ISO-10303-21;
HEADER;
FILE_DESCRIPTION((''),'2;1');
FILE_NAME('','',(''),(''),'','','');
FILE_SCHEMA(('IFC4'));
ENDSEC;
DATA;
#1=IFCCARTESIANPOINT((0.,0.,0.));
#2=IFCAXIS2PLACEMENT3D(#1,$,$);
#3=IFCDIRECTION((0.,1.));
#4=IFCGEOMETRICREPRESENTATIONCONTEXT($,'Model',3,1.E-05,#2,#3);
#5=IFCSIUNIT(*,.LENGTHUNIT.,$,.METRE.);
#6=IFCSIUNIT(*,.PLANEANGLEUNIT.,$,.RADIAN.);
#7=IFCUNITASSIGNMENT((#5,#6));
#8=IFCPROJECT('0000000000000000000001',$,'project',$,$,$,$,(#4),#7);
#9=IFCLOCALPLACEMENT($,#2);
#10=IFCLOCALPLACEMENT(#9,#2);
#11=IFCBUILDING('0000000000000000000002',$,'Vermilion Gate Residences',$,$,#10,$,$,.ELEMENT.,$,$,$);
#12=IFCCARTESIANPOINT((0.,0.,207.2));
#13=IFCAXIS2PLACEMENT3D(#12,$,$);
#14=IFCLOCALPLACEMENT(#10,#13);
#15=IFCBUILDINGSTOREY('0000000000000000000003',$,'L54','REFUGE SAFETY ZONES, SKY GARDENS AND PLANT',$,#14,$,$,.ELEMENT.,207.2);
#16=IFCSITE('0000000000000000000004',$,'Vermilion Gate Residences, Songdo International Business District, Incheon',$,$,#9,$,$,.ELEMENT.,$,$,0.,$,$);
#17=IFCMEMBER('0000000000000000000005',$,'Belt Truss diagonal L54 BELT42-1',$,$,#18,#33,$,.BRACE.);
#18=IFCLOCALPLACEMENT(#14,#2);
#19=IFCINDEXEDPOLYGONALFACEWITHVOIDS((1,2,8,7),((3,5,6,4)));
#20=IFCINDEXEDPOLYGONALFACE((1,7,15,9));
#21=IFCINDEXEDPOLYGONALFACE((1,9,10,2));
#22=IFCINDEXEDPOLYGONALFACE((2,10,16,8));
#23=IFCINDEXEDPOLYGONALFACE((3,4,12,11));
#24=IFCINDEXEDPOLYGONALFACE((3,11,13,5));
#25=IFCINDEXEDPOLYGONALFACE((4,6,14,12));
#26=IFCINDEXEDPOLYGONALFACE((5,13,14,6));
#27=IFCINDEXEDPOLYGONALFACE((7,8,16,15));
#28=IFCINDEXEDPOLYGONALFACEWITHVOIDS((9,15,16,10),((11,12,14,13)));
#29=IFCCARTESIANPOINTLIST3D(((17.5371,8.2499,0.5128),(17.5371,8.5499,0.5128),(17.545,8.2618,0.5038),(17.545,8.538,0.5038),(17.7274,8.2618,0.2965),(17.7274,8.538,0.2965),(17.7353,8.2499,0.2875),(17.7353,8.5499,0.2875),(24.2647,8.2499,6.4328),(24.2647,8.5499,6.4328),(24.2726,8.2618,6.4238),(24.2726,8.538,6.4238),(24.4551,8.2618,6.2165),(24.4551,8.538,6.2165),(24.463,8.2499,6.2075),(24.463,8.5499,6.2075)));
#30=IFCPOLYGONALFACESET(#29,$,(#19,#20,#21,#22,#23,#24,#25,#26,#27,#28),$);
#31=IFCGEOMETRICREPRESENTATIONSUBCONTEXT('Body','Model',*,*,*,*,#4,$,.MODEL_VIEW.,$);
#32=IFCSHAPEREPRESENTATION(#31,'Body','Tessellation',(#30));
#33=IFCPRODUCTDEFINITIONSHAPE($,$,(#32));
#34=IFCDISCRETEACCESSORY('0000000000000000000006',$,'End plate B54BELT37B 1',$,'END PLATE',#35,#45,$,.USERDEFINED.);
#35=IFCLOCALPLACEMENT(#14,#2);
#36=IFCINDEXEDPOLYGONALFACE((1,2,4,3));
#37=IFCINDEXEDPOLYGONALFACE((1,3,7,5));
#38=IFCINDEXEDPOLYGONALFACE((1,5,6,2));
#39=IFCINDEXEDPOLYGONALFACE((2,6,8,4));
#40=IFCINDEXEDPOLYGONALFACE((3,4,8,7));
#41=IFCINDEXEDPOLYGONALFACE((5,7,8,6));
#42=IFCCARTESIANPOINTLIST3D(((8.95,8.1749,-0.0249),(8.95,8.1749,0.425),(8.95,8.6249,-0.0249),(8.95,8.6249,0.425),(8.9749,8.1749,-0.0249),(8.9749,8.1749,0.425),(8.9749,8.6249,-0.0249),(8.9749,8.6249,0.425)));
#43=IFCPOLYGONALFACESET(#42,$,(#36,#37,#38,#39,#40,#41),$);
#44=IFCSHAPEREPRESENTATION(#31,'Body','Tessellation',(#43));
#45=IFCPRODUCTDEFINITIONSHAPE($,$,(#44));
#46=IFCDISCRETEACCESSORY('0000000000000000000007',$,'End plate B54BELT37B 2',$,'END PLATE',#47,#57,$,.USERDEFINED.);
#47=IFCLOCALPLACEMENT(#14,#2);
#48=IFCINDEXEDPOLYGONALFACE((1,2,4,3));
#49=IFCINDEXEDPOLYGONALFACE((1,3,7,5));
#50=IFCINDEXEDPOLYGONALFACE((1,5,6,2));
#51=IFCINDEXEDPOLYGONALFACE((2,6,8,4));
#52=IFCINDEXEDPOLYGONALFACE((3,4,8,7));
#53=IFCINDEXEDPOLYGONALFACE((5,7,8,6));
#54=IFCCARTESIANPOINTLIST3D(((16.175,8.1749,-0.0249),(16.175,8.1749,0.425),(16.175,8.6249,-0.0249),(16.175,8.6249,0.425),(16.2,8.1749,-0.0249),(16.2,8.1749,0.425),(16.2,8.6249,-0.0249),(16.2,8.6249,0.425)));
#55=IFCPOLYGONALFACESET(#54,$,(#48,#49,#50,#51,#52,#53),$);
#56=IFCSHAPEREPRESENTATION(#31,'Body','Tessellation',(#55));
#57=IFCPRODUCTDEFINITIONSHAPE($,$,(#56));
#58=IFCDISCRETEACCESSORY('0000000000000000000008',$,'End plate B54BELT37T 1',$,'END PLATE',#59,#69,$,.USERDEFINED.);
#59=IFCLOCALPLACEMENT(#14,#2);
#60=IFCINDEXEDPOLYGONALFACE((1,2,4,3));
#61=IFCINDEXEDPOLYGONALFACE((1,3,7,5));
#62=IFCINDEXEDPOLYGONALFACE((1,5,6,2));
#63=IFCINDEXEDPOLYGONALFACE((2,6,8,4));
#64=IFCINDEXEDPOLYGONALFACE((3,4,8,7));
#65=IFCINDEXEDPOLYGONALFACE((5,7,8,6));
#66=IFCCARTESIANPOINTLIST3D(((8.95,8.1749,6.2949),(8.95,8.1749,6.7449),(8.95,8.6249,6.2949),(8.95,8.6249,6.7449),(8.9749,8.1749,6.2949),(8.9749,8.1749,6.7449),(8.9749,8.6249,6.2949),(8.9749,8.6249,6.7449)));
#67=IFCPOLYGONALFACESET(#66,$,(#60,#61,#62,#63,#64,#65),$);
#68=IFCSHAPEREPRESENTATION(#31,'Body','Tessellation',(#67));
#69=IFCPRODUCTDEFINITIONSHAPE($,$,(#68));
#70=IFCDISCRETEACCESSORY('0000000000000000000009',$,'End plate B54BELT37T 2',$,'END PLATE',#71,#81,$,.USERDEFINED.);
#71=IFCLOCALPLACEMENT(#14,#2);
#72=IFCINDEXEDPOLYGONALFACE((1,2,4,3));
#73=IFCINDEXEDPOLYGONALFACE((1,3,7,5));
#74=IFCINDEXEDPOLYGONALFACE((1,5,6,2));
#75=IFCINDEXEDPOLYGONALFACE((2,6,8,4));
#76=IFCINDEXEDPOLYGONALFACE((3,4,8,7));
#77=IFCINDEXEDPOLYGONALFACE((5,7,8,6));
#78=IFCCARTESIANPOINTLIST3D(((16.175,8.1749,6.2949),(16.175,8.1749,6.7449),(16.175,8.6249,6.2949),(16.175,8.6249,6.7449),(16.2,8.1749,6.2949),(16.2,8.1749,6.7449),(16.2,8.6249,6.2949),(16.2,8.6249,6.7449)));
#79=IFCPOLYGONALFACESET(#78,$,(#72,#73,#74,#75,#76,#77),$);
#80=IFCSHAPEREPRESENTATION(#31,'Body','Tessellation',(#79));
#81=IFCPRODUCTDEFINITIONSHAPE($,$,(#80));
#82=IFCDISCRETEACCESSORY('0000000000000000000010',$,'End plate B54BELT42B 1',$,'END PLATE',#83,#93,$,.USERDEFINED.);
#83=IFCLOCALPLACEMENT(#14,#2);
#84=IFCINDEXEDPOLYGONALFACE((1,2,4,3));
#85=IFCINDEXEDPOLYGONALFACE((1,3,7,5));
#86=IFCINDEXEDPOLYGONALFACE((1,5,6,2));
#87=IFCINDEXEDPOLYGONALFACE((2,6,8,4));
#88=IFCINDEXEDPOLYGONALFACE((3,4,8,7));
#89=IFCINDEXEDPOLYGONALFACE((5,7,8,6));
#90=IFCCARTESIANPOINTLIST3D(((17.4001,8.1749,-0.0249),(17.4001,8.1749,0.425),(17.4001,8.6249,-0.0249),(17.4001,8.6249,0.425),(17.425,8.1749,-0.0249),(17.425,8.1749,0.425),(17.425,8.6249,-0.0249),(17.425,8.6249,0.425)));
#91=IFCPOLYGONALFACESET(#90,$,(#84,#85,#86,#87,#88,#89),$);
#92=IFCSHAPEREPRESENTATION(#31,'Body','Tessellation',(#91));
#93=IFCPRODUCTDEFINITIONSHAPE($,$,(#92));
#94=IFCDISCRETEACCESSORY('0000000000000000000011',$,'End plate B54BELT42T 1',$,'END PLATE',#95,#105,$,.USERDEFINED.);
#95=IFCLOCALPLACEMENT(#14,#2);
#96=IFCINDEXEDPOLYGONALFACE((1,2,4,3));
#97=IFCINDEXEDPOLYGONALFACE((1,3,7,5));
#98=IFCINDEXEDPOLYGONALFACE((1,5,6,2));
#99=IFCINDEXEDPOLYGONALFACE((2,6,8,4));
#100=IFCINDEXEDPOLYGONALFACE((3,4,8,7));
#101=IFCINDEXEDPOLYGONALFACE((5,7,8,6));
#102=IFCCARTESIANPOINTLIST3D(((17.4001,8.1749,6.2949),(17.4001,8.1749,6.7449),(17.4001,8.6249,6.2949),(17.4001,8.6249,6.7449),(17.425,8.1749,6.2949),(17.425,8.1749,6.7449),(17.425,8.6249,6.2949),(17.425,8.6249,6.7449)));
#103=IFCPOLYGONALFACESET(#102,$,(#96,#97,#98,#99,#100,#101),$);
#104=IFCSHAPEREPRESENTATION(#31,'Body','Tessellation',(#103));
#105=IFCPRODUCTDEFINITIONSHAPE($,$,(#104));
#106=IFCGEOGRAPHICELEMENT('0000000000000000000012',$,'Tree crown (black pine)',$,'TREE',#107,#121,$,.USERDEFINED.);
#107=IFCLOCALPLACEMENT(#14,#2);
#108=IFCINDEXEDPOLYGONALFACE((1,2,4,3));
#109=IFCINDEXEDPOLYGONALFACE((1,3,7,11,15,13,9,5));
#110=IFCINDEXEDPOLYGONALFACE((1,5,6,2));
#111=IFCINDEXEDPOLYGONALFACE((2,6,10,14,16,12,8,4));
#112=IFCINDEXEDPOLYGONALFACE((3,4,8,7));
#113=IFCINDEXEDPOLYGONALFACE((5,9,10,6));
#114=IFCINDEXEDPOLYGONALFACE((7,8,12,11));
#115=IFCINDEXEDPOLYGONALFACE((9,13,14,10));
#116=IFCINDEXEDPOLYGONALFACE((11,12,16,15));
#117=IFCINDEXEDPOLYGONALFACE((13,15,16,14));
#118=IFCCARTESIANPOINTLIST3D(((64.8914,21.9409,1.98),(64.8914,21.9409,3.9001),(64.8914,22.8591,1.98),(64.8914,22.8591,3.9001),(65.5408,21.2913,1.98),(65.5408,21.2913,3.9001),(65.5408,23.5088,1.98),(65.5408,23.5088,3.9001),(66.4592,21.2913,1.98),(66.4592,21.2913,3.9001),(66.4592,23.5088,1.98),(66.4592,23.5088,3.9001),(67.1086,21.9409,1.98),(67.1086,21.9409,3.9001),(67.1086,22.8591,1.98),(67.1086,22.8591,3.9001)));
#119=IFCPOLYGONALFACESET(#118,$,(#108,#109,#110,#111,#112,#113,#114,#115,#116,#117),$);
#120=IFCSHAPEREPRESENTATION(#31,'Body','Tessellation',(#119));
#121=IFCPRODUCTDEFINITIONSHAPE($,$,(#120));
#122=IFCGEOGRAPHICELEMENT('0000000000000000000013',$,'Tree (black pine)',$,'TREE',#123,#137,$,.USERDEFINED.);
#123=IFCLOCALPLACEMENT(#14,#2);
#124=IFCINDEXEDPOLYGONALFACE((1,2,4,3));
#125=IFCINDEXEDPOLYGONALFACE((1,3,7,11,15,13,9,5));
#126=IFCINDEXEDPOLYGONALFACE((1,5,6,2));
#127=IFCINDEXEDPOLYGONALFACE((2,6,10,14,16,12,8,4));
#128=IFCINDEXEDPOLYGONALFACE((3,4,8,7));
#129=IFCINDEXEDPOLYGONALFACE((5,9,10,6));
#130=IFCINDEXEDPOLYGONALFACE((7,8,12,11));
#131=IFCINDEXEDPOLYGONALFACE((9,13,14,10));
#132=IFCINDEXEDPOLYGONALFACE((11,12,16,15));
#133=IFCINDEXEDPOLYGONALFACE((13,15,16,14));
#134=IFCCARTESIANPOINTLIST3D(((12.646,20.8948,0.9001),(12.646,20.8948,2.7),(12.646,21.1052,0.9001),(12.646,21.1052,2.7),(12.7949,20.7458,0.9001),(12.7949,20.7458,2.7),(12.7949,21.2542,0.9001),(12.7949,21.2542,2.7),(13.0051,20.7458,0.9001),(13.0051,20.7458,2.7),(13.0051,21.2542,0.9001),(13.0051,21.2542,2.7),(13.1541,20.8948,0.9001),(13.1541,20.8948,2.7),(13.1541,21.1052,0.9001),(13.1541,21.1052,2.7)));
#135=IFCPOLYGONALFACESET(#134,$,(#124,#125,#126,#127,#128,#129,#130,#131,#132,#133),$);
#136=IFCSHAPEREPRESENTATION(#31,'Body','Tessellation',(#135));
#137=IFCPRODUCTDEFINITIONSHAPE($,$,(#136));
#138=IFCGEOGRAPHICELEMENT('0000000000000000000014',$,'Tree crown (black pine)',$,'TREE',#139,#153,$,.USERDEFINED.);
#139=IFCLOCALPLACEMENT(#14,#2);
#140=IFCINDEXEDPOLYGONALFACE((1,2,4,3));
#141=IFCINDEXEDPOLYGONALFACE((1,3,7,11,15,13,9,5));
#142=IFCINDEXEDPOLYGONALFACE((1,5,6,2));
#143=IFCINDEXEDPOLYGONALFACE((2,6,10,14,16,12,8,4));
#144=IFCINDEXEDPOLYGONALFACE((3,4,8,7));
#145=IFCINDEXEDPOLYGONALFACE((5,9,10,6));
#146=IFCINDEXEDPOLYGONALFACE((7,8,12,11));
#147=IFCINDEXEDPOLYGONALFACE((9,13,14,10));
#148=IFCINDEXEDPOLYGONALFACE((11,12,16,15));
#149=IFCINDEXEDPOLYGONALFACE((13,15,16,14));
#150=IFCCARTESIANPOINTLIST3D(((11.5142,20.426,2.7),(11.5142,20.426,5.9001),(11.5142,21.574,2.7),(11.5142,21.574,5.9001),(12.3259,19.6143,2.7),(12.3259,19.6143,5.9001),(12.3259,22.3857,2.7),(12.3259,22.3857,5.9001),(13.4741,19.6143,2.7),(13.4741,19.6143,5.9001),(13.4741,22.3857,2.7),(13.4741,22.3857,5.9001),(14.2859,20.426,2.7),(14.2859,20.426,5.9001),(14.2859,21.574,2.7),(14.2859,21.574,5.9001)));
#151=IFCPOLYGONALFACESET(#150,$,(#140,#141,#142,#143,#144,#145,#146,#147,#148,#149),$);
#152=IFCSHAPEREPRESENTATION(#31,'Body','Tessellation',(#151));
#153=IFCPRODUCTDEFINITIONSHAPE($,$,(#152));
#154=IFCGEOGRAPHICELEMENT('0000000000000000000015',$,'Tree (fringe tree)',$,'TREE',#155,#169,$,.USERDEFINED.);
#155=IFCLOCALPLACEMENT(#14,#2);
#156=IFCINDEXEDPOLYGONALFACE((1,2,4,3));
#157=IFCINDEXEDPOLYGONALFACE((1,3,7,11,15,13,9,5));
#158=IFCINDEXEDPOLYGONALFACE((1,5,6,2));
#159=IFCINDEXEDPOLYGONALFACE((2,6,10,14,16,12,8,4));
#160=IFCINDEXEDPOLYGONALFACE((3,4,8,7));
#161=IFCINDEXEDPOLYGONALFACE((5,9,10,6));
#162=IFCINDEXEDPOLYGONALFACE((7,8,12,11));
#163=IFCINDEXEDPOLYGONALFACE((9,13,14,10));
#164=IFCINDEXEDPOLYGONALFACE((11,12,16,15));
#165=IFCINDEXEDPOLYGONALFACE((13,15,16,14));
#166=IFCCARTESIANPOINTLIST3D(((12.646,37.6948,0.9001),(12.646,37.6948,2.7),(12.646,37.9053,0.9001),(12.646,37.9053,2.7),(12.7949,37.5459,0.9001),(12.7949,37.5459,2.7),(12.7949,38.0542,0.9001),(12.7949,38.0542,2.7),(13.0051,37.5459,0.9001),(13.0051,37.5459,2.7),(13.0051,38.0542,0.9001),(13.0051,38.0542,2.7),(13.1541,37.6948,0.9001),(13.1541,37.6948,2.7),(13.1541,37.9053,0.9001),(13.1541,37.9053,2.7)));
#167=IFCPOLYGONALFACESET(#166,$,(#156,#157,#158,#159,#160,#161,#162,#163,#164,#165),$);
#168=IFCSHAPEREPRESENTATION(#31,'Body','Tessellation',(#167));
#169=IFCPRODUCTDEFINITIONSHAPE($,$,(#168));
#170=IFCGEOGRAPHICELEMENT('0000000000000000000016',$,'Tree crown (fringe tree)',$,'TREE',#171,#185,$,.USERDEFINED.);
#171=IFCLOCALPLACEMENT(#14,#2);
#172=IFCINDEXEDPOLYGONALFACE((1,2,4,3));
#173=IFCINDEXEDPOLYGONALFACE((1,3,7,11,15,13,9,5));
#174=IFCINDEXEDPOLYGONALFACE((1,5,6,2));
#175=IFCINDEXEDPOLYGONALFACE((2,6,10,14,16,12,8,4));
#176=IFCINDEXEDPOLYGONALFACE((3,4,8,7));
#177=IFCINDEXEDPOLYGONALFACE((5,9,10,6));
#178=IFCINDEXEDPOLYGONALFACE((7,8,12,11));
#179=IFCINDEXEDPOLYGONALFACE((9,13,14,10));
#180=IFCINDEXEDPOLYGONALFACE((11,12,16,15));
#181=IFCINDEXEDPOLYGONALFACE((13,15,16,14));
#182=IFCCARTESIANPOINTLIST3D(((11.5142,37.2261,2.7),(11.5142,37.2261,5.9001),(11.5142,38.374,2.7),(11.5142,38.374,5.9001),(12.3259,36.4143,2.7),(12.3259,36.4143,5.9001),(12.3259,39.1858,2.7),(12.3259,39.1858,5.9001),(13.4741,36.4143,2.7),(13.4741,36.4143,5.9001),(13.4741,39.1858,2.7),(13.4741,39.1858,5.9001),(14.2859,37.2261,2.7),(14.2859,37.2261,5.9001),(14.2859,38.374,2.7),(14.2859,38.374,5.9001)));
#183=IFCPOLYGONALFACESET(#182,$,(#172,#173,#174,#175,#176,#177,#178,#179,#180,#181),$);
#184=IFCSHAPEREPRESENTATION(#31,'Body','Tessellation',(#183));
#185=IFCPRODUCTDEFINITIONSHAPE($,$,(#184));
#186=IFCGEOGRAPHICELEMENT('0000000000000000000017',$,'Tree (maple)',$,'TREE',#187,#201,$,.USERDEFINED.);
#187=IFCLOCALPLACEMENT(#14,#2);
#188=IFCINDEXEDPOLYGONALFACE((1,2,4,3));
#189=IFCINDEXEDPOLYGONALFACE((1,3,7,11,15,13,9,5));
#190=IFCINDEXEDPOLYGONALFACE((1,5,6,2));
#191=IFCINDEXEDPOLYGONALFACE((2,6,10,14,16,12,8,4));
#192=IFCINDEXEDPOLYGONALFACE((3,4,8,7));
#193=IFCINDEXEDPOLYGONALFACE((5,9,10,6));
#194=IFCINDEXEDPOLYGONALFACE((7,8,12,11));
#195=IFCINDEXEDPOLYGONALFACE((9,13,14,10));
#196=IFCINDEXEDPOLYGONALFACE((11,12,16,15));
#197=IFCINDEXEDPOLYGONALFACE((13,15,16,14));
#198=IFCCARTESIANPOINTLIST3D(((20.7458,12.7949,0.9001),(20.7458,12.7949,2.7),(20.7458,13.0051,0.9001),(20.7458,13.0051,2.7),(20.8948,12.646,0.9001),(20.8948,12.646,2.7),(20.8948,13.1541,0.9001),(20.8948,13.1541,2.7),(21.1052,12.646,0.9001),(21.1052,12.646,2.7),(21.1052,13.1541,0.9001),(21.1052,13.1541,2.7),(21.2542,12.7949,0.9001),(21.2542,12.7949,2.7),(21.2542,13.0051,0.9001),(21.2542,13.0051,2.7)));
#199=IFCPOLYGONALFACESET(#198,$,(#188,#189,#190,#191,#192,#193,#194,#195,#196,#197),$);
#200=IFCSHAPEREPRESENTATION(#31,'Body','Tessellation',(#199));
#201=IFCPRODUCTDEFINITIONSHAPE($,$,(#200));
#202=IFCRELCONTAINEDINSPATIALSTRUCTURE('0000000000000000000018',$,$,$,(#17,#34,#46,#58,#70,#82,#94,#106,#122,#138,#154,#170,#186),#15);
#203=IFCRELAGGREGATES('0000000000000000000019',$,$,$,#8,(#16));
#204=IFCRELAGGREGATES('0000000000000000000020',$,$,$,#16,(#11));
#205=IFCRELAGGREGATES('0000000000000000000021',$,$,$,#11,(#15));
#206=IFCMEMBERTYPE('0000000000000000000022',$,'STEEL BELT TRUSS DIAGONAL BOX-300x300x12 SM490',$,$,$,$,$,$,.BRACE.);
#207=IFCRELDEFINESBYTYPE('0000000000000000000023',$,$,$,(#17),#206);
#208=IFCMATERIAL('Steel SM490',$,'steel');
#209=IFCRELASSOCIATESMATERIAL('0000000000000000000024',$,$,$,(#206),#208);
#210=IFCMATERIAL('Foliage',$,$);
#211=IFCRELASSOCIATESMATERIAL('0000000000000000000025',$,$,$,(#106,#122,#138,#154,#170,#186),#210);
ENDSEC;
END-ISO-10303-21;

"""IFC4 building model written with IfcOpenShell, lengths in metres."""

from ifc_helpers import new_model, si_unit, direction, frame, origin, origin_2d, place, context, subcontext, project, spatial, polyline, rectangle, hollow_rectangle, outline, extrude, material, material_profile, profile_set, type_object, element, save


model = new_model("IFC4")

# Units and contexts
model_context = context("Model", 3, precision=1e-05, world=origin(), true_north=direction((0.0, 1.0)))
body_context = subcontext(model_context, "Body", "Model", "MODEL_VIEW")
ifc_project = project(units=[si_unit("LENGTHUNIT", "METRE"), si_unit("PLANEANGLEUNIT", "RADIAN")], contexts=[model_context])

# Site, building, storey
site_placement = place(None, origin())
site = spatial("IfcSite", under=ifc_project, at=site_placement, Name="Vermilion Gate Residences, Songdo International Business District, Incheon", CompositionType="ELEMENT", RefElevation=0.0)
building_placement = place(site_placement, origin())
building = spatial("IfcBuilding", under=site, at=building_placement, Name="Vermilion Gate Residences", CompositionType="ELEMENT")
storey_placement = place(building_placement, frame((0.0, 0.0, 207.2)))
storey = spatial("IfcBuildingStorey", under=building, at=storey_placement, Name="L54", Description="REFUGE SAFETY ZONES, SKY GARDENS AND PLANT", CompositionType="ELEMENT", Elevation=207.2)

# Member
ifc_material_1 = material(Name="Steel SM490", Category="steel")
ifc_material_profile_1 = material_profile(ifc_material_1, hollow_rectangle(XDim=0.3, YDim=0.3, WallThickness=0.012, at=origin_2d()), Name="BOX-300x300x12")
ifc_profile_set_1 = profile_set([ifc_material_profile_1], Name="Steel SM490")
member_type_1 = type_object("IfcMemberType", Name="STEEL BELT TRUSS DIAGONAL BOX-300x300x12 SM490", PredefinedType="BRACE", material=ifc_profile_set_1)
member_1_placement = place(storey_placement, frame((17.6362, 8.3999, 0.4001), z_axis=(0.750731, 0.0, 0.660608), x_axis=(0.0, 1.0, 0.0)))
element("IfcMember", 1, at=member_1_placement, inside=storey, type_object=member_type_1, Name="Belt Truss diagonal L54 BELT42-1", PredefinedType="BRACE", context=body_context, shape_type="SweptSolid", body=[
    extrude(hollow_rectangle(XDim=0.3, YDim=0.3, WallThickness=0.012, at=origin_2d()), origin(), (0.0, 0.0, 1.0), 8.9614),
])

# Discrete accessories
for number, where, z_axis, x_axis, name in (
    (2, (8.9624, 8.3999, -0.0249), (0.0, 0.0, 1.0), (1.0, 0.0, 0.0), "End plate B54BELT37B 1"),
    (3, (16.1875, 8.3999, -0.0249), (0.0, 0.0, 1.0), (1.0, 0.0, 0.0), "End plate B54BELT37B 2"),
    (4, (8.9624, 8.3999, 6.2949), (0.0, 0.0, 1.0), (1.0, 0.0, 0.0), "End plate B54BELT37T 1"),
    (5, (16.1875, 8.3999, 6.2949), (0.0, 0.0, 1.0), (1.0, 0.0, 0.0), "End plate B54BELT37T 2"),
    (6, (17.4126, 8.3999, -0.0249), (0.0, 0.0, 1.0), (1.0, 0.0, 0.0), "End plate B54BELT42B 1"),
    (7, (17.4126, 8.3999, 6.2949), (0.0, 0.0, 1.0), (1.0, 0.0, 0.0), "End plate B54BELT42T 1"),
):
    element("IfcDiscreteAccessory", number, at=place(storey_placement, frame(where, z_axis=z_axis, x_axis=x_axis)), inside=storey, Name=name, ObjectType="END PLATE", PredefinedType="USERDEFINED", context=body_context, shape_type="SweptSolid", body=[
        extrude(rectangle(XDim=0.0249, YDim=0.45, at=origin_2d()), origin(), (0.0, 0.0, 1.0), 0.45),
    ])

# Geographic elements
ifc_material_2 = material(Name="Foliage")
geographic_element_1_placement = place(storey_placement, frame((0.0, 0.0, 1.98)))
element("IfcGeographicElement", 8, at=geographic_element_1_placement, inside=storey, material=ifc_material_2, Name="Tree crown (black pine)", ObjectType="TREE", PredefinedType="USERDEFINED", context=body_context, shape_type="SweptSolid", body=[
    extrude(outline(polyline([(67.1086, 22.8591), (66.4592, 23.5088), (65.5408, 23.5088), (64.8914, 22.8591), (64.8914, 21.9409), (65.5408, 21.2913), (66.4592, 21.2913), (67.1086, 21.9409), (67.1086, 22.8591)])), origin(), (0.0, 0.0, 1.0), 1.9202),
])
geographic_element_2_placement = place(storey_placement, frame((0.0, 0.0, 0.9001)))
element("IfcGeographicElement", 9, at=geographic_element_2_placement, inside=storey, material=ifc_material_2, Name="Tree (black pine)", ObjectType="TREE", PredefinedType="USERDEFINED", context=body_context, shape_type="SweptSolid", body=[
    extrude(outline(polyline([(13.1541, 21.1052), (13.0051, 21.2542), (12.7949, 21.2542), (12.646, 21.1052), (12.646, 20.8948), (12.7949, 20.7458), (13.0051, 20.7458), (13.1541, 20.8948), (13.1541, 21.1052)])), origin(), (0.0, 0.0, 1.0), 1.7998),
])
geographic_element_3_placement = place(storey_placement, frame((0.0, 0.0, 2.7)))
element("IfcGeographicElement", 10, at=geographic_element_3_placement, inside=storey, material=ifc_material_2, Name="Tree crown (black pine)", ObjectType="TREE", PredefinedType="USERDEFINED", context=body_context, shape_type="SweptSolid", body=[
    extrude(outline(polyline([(14.2859, 21.574), (13.4741, 22.3857), (12.3259, 22.3857), (11.5142, 21.574), (11.5142, 20.426), (12.3259, 19.6143), (13.4741, 19.6143), (14.2859, 20.426), (14.2859, 21.574)])), origin(), (0.0, 0.0, 1.0), 3.2002),
])
geographic_element_4_placement = place(storey_placement, frame((0.0, 0.0, 0.9001)))
element("IfcGeographicElement", 11, at=geographic_element_4_placement, inside=storey, material=ifc_material_2, Name="Tree (fringe tree)", ObjectType="TREE", PredefinedType="USERDEFINED", context=body_context, shape_type="SweptSolid", body=[
    extrude(outline(polyline([(13.1541, 37.9053), (13.0051, 38.0542), (12.7949, 38.0542), (12.646, 37.9053), (12.646, 37.6948), (12.7949, 37.5459), (13.0051, 37.5459), (13.1541, 37.6948), (13.1541, 37.9053)])), origin(), (0.0, 0.0, 1.0), 1.7998),
])
geographic_element_5_placement = place(storey_placement, frame((0.0, 0.0, 2.7)))
element("IfcGeographicElement", 12, at=geographic_element_5_placement, inside=storey, material=ifc_material_2, Name="Tree crown (fringe tree)", ObjectType="TREE", PredefinedType="USERDEFINED", context=body_context, shape_type="SweptSolid", body=[
    extrude(outline(polyline([(14.2859, 38.374), (13.4741, 39.1858), (12.3259, 39.1858), (11.5142, 38.374), (11.5142, 37.2261), (12.3259, 36.4143), (13.4741, 36.4143), (14.2859, 37.2261), (14.2859, 38.374)])), origin(), (0.0, 0.0, 1.0), 3.2002),
])
geographic_element_6_placement = place(storey_placement, frame((0.0, 0.0, 0.9001)))
element("IfcGeographicElement", 13, at=geographic_element_6_placement, inside=storey, material=ifc_material_2, Name="Tree (maple)", ObjectType="TREE", PredefinedType="USERDEFINED", context=body_context, shape_type="SweptSolid", body=[
    extrude(outline(polyline([(21.2542, 13.0051), (21.1052, 13.1541), (20.8948, 13.1541), (20.7458, 13.0051), (20.7458, 12.7949), (20.8948, 12.646), (21.1052, 12.646), (21.2542, 12.7949), (21.2542, 13.0051)])), origin(), (0.0, 0.0, 1.0), 1.7998),
])

save(model, "model.ifc")
